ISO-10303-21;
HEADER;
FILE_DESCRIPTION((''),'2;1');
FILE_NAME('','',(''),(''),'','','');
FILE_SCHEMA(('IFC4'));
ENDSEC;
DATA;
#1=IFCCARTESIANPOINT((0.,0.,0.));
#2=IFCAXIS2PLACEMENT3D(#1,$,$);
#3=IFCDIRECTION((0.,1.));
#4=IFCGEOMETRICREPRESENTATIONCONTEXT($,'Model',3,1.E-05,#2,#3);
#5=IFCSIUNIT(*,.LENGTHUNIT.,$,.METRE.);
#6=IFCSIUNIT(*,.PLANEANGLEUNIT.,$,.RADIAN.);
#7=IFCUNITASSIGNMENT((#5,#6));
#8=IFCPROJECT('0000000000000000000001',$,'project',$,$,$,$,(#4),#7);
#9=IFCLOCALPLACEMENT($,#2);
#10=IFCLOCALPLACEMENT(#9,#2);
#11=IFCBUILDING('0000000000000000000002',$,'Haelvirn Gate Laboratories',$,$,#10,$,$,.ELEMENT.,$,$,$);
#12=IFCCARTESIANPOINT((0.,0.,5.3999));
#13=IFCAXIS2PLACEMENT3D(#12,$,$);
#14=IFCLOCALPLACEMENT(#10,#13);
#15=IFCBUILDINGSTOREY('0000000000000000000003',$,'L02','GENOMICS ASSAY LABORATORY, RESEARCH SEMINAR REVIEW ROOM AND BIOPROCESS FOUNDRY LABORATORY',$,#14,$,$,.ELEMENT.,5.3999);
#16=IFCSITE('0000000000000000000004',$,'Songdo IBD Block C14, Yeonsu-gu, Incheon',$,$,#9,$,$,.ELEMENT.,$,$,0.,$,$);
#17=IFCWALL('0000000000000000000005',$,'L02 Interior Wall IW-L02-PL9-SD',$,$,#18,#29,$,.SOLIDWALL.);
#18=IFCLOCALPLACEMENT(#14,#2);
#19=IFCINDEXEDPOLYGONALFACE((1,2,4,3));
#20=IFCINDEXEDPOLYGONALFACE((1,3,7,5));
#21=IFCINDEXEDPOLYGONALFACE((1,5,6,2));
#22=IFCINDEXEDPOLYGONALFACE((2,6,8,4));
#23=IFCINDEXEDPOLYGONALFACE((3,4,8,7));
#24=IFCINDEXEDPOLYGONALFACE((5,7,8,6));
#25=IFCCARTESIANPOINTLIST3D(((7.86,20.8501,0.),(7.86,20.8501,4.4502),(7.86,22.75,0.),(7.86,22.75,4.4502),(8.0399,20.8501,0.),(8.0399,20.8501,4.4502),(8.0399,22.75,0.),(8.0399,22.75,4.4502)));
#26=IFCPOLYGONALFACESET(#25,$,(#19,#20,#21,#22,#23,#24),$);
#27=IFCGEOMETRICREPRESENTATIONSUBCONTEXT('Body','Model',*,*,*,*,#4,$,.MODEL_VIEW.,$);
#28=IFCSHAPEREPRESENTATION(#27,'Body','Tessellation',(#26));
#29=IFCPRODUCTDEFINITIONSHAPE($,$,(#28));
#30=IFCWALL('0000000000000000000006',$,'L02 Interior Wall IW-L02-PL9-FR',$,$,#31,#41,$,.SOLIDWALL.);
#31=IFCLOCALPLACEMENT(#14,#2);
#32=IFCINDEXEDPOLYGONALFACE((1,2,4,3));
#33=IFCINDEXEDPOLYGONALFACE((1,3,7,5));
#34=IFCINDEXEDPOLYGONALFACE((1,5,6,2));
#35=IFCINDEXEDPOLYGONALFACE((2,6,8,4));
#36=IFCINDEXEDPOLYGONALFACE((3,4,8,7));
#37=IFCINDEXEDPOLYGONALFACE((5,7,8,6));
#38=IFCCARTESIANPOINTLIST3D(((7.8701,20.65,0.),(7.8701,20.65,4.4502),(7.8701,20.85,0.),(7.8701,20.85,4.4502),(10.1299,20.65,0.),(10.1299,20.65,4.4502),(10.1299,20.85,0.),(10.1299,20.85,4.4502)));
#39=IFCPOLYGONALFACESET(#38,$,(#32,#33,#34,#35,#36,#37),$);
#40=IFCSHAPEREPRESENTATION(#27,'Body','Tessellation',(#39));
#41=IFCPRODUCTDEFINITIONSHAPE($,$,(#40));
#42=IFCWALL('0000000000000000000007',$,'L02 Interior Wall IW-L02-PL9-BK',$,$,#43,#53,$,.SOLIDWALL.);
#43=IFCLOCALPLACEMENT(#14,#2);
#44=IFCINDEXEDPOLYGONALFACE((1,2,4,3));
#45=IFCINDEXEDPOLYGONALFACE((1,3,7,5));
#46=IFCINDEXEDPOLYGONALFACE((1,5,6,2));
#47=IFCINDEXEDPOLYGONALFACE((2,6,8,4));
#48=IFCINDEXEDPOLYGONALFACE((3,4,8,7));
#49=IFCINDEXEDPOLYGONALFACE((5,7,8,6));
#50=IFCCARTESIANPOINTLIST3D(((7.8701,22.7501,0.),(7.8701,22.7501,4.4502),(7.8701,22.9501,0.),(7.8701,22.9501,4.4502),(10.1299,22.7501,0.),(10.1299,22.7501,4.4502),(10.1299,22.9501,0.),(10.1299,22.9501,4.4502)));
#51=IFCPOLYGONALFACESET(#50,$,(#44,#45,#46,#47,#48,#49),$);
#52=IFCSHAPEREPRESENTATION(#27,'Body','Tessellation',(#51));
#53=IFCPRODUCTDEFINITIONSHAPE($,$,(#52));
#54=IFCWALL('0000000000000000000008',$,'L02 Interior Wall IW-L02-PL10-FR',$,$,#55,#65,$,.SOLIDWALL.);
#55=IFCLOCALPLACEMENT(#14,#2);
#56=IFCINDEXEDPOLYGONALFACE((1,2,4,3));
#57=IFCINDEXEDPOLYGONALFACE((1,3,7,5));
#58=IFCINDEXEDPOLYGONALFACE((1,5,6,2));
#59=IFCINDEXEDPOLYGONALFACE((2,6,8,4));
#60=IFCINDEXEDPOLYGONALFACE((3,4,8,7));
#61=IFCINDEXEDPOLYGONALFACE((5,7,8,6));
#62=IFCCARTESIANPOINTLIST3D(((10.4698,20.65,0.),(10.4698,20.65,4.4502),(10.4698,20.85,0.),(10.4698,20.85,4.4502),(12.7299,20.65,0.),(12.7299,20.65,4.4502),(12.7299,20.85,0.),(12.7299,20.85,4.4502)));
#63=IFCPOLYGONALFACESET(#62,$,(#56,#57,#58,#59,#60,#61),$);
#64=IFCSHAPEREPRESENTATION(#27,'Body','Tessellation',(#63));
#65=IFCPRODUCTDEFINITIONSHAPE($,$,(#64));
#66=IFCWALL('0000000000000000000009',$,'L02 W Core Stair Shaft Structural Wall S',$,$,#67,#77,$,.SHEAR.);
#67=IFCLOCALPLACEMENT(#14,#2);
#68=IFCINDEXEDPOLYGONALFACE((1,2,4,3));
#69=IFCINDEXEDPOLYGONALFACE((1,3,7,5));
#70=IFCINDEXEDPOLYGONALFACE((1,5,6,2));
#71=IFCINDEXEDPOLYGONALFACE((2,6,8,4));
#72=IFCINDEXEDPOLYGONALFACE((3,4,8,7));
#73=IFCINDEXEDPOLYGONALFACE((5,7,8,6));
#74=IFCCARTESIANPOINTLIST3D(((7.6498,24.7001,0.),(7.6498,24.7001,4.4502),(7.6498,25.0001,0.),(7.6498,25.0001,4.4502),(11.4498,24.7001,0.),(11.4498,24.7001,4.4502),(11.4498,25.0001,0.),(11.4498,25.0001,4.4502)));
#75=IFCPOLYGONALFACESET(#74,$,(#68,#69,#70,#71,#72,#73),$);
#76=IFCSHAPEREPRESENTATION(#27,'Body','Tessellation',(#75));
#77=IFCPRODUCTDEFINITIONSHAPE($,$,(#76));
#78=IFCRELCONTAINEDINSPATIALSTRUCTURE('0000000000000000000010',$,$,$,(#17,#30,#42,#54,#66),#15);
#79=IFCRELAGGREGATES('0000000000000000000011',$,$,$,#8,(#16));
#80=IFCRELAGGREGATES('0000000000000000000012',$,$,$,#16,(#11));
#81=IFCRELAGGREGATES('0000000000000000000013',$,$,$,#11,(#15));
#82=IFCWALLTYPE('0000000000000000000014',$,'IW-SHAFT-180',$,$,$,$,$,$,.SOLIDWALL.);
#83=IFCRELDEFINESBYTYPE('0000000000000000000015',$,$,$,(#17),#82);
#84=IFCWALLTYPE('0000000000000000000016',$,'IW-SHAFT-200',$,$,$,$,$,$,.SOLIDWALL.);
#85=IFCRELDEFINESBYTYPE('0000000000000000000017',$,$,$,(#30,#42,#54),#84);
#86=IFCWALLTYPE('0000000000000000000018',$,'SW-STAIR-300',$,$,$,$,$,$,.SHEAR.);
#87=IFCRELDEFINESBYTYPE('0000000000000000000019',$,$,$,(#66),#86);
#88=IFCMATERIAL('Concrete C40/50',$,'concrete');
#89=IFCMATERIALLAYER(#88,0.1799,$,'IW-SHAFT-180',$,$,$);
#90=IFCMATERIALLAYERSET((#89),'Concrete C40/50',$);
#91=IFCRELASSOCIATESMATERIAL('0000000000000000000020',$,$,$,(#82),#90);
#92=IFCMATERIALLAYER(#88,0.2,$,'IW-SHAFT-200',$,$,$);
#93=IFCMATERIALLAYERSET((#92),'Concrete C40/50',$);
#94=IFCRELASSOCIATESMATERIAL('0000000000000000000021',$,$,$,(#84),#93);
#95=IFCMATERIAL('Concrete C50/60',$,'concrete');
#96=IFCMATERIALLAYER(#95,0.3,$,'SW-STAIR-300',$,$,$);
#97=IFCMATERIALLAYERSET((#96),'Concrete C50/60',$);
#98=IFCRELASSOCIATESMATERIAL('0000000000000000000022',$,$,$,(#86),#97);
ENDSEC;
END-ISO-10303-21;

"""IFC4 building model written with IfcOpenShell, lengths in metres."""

from ifc_helpers import new_model, si_unit, direction, frame, frame_2d, origin, place, context, subcontext, project, spatial, rectangle, extrude, material, layer, layer_set, type_object, element, save


model = new_model("IFC4")

# Units and contexts
model_context = context("Model", 3, precision=1e-05, world=origin(), true_north=direction((0.0, 1.0)))
body_context = subcontext(model_context, "Body", "Model", "MODEL_VIEW")
ifc_project = project(units=[si_unit("LENGTHUNIT", "METRE"), si_unit("PLANEANGLEUNIT", "RADIAN")], contexts=[model_context])

# Site, building, storey
site_placement = place(None, origin())
site = spatial("IfcSite", under=ifc_project, at=site_placement, Name="Songdo IBD Block C14, Yeonsu-gu, Incheon", CompositionType="ELEMENT", RefElevation=0.0)
building_placement = place(site_placement, origin())
building = spatial("IfcBuilding", under=site, at=building_placement, Name="Haelvirn Gate Laboratories", CompositionType="ELEMENT")
storey_placement = place(building_placement, frame((0.0, 0.0, 5.3999)))
storey = spatial("IfcBuildingStorey", under=building, at=storey_placement, Name="L02", Description="GENOMICS ASSAY LABORATORY, RESEARCH SEMINAR REVIEW ROOM AND BIOPROCESS FOUNDRY LABORATORY", CompositionType="ELEMENT", Elevation=5.3999)

# Walls
ifc_material_1 = material(Name="Concrete C40/50", Category="concrete")
ifc_layer_1 = layer(ifc_material_1, 0.1799, Name="IW-SHAFT-180")
ifc_layer_set_1 = layer_set([ifc_layer_1], Name="Concrete C40/50")
wall_type_1 = type_object("IfcWallType", Name="IW-SHAFT-180", PredefinedType="SOLIDWALL", material=ifc_layer_set_1)
wall_1_placement = place(storey_placement, frame((7.95, 20.8501, 0.0), z_axis=(0.0, 0.0, 1.0), x_axis=(0.0, 1.0, 0.0)))
element("IfcWall", 1, at=wall_1_placement, inside=storey, type_object=wall_type_1, Name="L02 Interior Wall IW-L02-PL9-SD", PredefinedType="SOLIDWALL", context=body_context, shape_type="SweptSolid", body=[
    extrude(rectangle(XDim=1.8999, YDim=0.1799, at=frame_2d((0.95, 0.0))), origin(), (0.0, 0.0, 1.0), 4.4502),
])
ifc_layer_2 = layer(ifc_material_1, 0.2, Name="IW-SHAFT-200")
ifc_layer_set_2 = layer_set([ifc_layer_2], Name="Concrete C40/50")
wall_type_2 = type_object("IfcWallType", Name="IW-SHAFT-200", PredefinedType="SOLIDWALL", material=ifc_layer_set_2)
for number, where, z_axis, x_axis, name in (
    (2, (7.8701, 20.75, 0.0), (0.0, 0.0, 1.0), (1.0, 0.0, 0.0), "L02 Interior Wall IW-L02-PL9-FR"),
    (3, (7.8701, 22.8501, 0.0), (0.0, 0.0, 1.0), (1.0, 0.0, 0.0), "L02 Interior Wall IW-L02-PL9-BK"),
):
    element("IfcWall", number, at=place(storey_placement, frame(where, z_axis=z_axis, x_axis=x_axis)), inside=storey, type_object=wall_type_2, Name=name, PredefinedType="SOLIDWALL", context=body_context, shape_type="SweptSolid", body=[
        extrude(rectangle(XDim=2.2598, YDim=0.2, at=frame_2d((1.1299, 0.0))), origin(), (0.0, 0.0, 1.0), 4.4502),
    ])
wall_2_placement = place(storey_placement, frame((10.47, 20.75, 0.0), z_axis=(0.0, 0.0, 1.0), x_axis=(1.0, 0.0, 0.0)))
element("IfcWall", 4, at=wall_2_placement, inside=storey, type_object=wall_type_2, Name="L02 Interior Wall IW-L02-PL10-FR", PredefinedType="SOLIDWALL", context=body_context, shape_type="SweptSolid", body=[
    extrude(rectangle(XDim=2.26, YDim=0.2, at=frame_2d((1.1299, 0.0))), origin(), (0.0, 0.0, 1.0), 4.4502),
])
ifc_material_2 = material(Name="Concrete C50/60", Category="concrete")
ifc_layer_3 = layer(ifc_material_2, 0.3, Name="SW-STAIR-300")
ifc_layer_set_3 = layer_set([ifc_layer_3], Name="Concrete C50/60")
wall_type_3 = type_object("IfcWallType", Name="SW-STAIR-300", PredefinedType="SHEAR", material=ifc_layer_set_3)
wall_3_placement = place(storey_placement, frame((7.6499, 24.8501, 0.0), z_axis=(0.0, 0.0, 1.0), x_axis=(1.0, 0.0, 0.0)))
element("IfcWall", 5, at=wall_3_placement, inside=storey, type_object=wall_type_3, Name="L02 W Core Stair Shaft Structural Wall S", PredefinedType="SHEAR", context=body_context, shape_type="SweptSolid", body=[
    extrude(rectangle(XDim=3.8, YDim=0.3, at=frame_2d((1.8999, 0.0))), origin(), (0.0, 0.0, 1.0), 4.4502),
])

save(model, "model.ifc")
